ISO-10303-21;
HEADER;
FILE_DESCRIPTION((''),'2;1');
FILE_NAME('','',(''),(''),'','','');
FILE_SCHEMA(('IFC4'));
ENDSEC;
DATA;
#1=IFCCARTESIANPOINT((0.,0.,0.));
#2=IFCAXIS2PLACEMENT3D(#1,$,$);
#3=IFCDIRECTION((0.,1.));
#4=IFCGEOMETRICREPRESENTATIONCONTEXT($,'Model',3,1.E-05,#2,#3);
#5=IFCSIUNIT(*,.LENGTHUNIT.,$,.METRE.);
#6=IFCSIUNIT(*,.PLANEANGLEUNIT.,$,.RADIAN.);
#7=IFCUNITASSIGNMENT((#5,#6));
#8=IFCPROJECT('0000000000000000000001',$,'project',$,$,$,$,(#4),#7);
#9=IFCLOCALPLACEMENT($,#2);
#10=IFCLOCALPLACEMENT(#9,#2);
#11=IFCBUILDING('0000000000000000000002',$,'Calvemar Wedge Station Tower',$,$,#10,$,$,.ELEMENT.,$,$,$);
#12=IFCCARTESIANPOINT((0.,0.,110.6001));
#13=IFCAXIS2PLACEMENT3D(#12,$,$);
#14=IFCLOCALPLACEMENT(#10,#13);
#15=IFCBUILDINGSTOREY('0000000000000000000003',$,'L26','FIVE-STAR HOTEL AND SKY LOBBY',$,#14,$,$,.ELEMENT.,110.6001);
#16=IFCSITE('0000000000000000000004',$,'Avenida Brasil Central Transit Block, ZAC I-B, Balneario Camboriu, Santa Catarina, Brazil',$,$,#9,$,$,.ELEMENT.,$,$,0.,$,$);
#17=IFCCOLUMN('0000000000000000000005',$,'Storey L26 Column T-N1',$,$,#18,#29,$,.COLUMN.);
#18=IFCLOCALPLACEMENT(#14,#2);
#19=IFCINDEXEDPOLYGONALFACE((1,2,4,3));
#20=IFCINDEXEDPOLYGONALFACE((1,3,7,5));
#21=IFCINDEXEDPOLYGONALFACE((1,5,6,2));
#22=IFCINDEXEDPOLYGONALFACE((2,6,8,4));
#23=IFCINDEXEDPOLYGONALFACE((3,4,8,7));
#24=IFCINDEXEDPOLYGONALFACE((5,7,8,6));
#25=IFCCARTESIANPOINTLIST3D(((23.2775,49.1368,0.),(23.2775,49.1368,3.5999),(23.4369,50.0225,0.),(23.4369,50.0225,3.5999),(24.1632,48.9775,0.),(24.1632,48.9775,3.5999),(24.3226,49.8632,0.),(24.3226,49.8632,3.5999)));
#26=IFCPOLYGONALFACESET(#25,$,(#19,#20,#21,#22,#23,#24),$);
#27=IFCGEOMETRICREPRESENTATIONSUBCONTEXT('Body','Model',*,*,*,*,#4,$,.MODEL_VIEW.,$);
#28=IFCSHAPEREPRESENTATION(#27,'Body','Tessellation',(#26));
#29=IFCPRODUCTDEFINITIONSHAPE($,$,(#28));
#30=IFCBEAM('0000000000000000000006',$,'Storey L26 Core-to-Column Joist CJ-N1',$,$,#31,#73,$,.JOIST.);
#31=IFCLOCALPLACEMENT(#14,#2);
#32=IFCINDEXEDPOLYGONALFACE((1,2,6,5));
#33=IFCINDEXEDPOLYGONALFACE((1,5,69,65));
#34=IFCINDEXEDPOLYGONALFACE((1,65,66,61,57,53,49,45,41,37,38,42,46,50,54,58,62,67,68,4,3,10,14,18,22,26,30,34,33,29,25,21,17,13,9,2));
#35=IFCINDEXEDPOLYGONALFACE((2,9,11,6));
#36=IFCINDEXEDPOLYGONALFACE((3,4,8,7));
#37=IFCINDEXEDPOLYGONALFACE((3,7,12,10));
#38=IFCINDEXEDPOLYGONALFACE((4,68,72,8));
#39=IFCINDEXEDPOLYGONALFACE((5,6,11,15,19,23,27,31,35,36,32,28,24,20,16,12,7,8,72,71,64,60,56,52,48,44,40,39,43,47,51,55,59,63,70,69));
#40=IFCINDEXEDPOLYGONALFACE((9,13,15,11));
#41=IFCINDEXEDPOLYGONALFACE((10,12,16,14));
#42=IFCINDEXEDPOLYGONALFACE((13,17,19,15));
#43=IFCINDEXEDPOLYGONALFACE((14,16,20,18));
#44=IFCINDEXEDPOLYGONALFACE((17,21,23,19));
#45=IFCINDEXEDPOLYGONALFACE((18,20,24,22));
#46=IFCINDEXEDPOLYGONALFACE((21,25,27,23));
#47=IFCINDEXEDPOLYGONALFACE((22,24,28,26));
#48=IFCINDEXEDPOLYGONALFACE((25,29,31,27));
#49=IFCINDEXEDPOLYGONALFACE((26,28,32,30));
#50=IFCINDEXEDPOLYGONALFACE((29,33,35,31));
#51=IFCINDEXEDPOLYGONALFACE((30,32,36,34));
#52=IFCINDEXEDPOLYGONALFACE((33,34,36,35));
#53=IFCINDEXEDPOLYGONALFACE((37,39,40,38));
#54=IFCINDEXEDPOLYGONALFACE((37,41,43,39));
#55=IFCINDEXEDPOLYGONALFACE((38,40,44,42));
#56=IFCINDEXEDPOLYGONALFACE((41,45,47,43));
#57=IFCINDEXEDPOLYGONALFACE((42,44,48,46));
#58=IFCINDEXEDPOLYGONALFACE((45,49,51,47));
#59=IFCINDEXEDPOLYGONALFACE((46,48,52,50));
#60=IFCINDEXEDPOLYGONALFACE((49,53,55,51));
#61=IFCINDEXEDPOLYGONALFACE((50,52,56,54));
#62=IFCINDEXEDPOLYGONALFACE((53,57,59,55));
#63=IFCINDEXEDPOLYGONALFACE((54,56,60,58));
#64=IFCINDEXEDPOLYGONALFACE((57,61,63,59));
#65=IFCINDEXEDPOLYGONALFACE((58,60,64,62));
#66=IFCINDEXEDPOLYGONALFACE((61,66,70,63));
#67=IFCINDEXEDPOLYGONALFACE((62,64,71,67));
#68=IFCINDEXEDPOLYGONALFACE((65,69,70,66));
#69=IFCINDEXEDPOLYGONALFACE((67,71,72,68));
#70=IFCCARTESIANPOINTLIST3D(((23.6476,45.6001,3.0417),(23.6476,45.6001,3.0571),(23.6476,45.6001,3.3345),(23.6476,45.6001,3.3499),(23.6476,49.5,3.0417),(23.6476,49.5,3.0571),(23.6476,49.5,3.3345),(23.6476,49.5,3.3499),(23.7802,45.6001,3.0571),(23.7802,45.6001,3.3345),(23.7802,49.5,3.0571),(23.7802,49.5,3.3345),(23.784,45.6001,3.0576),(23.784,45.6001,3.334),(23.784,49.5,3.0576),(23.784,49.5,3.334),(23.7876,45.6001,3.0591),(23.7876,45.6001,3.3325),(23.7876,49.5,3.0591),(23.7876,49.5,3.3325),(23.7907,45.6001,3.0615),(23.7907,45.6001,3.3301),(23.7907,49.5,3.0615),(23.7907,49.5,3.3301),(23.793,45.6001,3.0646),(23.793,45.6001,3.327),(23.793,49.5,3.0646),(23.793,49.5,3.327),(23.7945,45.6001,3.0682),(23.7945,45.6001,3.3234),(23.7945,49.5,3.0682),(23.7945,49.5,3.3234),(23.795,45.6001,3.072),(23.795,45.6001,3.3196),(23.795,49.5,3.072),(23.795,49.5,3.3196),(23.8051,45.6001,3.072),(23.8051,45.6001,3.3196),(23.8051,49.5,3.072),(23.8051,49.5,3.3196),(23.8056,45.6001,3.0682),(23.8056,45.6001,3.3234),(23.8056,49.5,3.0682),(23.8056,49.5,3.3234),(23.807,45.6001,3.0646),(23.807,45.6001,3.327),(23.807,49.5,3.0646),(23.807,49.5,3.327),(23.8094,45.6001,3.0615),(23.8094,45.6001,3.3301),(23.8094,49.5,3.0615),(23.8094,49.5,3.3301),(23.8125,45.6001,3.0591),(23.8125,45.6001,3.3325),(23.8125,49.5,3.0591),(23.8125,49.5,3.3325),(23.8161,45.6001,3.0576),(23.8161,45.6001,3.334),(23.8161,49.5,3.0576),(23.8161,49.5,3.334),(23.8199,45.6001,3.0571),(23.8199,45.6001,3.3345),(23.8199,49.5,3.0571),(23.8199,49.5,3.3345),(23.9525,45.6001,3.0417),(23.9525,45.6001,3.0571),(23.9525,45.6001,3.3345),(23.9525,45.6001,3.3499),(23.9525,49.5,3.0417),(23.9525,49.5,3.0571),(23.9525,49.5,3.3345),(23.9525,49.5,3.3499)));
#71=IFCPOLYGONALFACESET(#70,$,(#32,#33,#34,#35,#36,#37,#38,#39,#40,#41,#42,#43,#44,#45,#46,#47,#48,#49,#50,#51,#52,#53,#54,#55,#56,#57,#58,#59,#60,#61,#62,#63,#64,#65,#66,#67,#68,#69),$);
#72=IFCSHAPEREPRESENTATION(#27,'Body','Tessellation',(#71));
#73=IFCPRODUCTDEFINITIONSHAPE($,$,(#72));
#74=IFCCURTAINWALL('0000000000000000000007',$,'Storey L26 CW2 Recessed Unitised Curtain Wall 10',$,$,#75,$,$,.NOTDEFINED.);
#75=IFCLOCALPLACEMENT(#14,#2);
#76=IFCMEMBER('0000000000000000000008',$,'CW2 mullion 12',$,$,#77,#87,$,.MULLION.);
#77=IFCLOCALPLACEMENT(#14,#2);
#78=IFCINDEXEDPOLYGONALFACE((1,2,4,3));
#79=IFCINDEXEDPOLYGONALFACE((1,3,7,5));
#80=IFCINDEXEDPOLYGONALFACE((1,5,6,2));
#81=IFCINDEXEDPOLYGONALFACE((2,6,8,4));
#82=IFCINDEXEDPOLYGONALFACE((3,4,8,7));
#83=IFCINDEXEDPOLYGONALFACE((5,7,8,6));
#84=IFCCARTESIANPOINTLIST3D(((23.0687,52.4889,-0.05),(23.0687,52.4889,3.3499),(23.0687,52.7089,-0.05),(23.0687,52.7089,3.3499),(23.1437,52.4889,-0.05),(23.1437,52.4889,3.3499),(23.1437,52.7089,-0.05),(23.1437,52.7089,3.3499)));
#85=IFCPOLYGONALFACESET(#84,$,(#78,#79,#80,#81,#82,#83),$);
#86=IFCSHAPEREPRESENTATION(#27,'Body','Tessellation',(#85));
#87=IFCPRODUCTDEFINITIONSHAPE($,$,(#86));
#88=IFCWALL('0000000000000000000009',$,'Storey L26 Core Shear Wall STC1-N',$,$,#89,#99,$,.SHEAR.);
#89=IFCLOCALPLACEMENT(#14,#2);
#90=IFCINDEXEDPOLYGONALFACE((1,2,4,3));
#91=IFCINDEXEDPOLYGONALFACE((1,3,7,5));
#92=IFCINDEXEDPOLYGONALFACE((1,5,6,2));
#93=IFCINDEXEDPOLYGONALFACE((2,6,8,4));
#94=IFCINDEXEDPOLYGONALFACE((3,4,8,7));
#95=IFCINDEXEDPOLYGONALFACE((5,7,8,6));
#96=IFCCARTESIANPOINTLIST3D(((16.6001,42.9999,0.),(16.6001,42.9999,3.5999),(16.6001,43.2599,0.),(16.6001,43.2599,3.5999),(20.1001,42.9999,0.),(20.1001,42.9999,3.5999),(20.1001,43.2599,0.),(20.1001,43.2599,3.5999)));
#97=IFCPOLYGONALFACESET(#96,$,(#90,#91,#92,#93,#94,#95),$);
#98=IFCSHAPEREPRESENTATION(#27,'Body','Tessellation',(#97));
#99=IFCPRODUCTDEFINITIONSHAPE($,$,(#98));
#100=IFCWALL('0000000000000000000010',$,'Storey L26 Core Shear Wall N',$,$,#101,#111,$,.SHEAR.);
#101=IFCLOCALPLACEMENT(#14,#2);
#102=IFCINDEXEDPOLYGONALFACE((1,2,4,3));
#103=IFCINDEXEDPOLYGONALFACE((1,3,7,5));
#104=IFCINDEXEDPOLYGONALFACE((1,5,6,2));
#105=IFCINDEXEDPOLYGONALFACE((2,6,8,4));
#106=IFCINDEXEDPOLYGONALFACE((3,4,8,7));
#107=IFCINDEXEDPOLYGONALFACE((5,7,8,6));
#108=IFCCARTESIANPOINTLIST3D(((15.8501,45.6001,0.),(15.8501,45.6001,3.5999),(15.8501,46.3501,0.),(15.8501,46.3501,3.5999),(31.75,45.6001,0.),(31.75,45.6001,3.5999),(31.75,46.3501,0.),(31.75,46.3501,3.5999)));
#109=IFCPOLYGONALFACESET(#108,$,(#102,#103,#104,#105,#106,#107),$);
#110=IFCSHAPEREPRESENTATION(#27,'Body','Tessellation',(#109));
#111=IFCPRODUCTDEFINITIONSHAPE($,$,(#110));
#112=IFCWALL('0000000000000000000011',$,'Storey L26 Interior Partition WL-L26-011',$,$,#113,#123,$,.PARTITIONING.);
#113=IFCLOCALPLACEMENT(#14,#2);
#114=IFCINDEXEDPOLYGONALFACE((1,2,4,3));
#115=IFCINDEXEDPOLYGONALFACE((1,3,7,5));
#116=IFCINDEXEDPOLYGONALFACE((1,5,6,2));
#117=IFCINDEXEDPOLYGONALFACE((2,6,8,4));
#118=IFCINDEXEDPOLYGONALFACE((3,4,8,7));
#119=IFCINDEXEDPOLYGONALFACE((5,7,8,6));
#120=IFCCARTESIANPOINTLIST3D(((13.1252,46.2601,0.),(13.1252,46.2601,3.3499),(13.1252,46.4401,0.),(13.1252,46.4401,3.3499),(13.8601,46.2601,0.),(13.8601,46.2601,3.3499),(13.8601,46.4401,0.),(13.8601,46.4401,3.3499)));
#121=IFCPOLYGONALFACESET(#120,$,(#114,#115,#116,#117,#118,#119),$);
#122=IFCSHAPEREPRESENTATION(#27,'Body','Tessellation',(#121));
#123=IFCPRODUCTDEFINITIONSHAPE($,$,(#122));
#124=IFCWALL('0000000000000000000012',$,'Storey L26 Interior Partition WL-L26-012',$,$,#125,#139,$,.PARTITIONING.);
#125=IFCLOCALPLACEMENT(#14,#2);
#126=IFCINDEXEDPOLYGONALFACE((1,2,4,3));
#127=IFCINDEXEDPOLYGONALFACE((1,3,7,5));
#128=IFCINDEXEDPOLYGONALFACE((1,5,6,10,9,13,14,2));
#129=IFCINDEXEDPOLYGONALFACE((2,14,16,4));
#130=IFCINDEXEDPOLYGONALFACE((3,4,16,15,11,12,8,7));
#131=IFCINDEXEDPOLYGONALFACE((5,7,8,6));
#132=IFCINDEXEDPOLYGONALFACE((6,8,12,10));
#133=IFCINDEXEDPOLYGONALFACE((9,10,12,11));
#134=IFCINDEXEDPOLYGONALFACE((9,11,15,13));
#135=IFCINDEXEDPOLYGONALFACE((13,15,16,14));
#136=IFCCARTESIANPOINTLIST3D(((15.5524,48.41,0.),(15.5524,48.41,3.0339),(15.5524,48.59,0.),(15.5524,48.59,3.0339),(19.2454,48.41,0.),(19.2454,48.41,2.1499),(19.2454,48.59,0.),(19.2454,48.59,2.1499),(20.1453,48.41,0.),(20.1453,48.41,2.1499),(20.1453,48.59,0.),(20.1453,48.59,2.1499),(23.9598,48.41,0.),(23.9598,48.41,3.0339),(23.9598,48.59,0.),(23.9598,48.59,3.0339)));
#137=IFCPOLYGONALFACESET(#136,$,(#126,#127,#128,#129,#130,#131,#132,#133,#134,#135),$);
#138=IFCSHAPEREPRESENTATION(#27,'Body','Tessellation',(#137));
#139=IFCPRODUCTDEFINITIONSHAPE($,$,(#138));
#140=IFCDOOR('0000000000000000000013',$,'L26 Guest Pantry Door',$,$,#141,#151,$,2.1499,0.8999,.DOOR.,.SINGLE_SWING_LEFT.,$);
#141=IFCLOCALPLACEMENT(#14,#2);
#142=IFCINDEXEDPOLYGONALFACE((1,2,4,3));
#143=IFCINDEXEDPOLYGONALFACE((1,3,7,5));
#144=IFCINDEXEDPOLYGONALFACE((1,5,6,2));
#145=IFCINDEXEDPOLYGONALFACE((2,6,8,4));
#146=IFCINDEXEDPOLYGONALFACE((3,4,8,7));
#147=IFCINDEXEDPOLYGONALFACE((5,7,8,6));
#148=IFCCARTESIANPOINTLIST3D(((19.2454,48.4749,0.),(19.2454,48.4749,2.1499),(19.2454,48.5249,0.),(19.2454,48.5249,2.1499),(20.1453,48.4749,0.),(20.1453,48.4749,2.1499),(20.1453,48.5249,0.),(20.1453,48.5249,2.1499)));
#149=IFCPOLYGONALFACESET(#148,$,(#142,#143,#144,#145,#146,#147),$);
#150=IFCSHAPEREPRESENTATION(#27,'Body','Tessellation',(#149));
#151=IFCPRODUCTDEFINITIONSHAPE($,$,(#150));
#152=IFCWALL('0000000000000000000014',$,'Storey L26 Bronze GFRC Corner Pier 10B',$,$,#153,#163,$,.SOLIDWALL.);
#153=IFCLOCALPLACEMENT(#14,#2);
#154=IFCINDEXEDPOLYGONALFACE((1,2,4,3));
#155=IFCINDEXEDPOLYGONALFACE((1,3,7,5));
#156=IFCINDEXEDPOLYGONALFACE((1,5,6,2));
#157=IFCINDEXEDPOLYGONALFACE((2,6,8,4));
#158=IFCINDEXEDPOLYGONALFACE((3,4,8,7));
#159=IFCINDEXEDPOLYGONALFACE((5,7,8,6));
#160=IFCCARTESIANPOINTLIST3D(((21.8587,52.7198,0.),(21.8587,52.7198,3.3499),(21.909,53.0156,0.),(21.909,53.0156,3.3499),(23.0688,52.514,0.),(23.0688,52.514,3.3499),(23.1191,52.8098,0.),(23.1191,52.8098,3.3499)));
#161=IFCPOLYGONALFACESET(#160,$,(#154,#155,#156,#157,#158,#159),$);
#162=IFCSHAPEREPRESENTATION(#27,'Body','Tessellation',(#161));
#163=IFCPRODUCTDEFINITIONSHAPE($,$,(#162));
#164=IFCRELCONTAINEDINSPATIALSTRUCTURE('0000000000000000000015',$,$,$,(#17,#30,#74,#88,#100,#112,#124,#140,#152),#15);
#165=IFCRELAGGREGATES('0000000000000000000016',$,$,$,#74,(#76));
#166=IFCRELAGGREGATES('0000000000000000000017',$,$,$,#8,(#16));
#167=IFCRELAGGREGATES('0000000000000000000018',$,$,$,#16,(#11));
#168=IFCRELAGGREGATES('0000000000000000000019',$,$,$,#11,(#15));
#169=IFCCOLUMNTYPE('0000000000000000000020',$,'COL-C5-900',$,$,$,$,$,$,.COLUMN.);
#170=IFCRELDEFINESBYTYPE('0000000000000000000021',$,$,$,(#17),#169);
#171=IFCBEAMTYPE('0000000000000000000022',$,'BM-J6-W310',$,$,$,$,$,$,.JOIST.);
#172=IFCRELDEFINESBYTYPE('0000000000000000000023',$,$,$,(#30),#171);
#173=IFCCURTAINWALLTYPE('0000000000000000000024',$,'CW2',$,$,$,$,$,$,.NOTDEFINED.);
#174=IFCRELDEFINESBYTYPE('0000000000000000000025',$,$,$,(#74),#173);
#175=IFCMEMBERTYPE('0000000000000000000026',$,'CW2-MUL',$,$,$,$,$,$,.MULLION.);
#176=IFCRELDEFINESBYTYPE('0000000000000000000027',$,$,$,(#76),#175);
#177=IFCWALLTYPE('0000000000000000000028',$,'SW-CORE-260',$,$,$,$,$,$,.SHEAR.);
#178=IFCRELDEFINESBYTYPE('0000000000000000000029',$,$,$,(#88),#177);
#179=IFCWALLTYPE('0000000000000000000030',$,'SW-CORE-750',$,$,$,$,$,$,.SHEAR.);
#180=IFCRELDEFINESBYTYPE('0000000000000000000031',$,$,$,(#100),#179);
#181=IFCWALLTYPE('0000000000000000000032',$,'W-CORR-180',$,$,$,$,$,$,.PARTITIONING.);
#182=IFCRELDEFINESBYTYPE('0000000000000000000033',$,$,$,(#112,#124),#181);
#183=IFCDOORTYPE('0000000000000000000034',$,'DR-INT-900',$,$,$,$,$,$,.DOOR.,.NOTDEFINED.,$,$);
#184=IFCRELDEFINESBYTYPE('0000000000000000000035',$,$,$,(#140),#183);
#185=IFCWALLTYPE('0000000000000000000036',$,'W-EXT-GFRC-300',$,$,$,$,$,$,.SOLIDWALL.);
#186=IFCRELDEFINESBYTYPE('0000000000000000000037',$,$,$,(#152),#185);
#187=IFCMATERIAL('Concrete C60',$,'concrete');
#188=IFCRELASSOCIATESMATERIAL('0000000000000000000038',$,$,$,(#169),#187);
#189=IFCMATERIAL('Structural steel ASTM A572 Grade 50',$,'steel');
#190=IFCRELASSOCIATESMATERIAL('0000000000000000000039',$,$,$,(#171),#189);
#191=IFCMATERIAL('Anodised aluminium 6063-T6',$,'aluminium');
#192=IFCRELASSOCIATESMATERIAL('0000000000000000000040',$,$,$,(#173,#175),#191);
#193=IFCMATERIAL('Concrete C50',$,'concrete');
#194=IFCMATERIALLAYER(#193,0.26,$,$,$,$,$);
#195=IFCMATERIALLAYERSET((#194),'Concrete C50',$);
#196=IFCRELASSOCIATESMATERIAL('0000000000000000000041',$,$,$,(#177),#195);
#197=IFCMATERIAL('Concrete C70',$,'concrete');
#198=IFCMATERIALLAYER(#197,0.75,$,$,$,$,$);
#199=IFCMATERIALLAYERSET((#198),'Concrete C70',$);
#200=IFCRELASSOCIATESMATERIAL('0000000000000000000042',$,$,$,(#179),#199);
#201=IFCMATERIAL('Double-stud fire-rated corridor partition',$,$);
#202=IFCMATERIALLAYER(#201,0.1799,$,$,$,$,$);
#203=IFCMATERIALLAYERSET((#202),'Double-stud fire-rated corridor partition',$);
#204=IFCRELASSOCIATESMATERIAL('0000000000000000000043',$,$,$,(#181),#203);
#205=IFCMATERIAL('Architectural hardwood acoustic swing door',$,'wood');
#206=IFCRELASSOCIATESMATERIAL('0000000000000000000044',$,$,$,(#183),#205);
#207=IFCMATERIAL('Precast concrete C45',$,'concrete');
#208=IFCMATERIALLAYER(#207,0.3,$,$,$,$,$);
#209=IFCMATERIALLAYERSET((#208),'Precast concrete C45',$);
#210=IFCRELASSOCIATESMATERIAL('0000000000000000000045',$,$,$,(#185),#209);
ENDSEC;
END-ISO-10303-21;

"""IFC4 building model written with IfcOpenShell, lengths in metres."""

from ifc_helpers import new_model, si_unit, direction, frame, frame_2d, origin, origin_2d, place, context, subcontext, project, spatial, rectangle, i_section, extrude, source, transform, mapped, material, layer, layer_set, material_profile, profile_set, type_object, element, fill, aggregate, save


model = new_model("IFC4")

# Units and contexts
model_context = context("Model", 3, precision=1e-05, world=origin(), true_north=direction((0.0, 1.0)))
body_context = subcontext(model_context, "Body", "Model", "MODEL_VIEW")
ifc_project = project(units=[si_unit("LENGTHUNIT", "METRE"), si_unit("PLANEANGLEUNIT", "RADIAN")], contexts=[model_context])

# Site, building, storey
site_placement = place(None, origin())
site = spatial("IfcSite", under=ifc_project, at=site_placement, Name="Avenida Brasil Central Transit Block, ZAC I-B, Balneario Camboriu, Santa Catarina, Brazil", CompositionType="ELEMENT", RefElevation=0.0)
building_placement = place(site_placement, origin())
building = spatial("IfcBuilding", under=site, at=building_placement, Name="Calvemar Wedge Station Tower", CompositionType="ELEMENT")
storey_placement = place(building_placement, frame((0.0, 0.0, 110.6001)))
storey = spatial("IfcBuildingStorey", under=building, at=storey_placement, Name="L26", Description="FIVE-STAR HOTEL AND SKY LOBBY", CompositionType="ELEMENT", Elevation=110.6001)

# Column
ifc_material_1 = material(Name="Concrete C60", Category="concrete")
ifc_material_profile_1 = material_profile(ifc_material_1, rectangle(XDim=0.8999, YDim=0.8999, at=origin_2d()), Name="RC900x900")
ifc_profile_set_1 = profile_set([ifc_material_profile_1], Name="Concrete C60")
column_type = type_object("IfcColumnType", Name="COL-C5-900", PredefinedType="COLUMN", material=ifc_profile_set_1)
shared_shape_1 = source(origin(), body_context, "Body", "SweptSolid", [
    extrude(rectangle(XDim=0.8999, YDim=0.8999, at=origin_2d()), origin(), (0.0, 0.0, 1.0), 3.5999),
])
column_placement = place(storey_placement, frame((23.8, 49.5, 0.0), z_axis=(0.0, 0.0, 1.0), x_axis=(0.984196, -0.177085, 0.0)))
element("IfcColumn", 1, at=column_placement, inside=storey, type_object=column_type, Name="Storey L26 Column T-N1", PredefinedType="COLUMN", context=body_context, shape_type="MappedRepresentation", body=[
    mapped(shared_shape_1, transform((0.0, 0.0, 0.0), scale=1.0)),
])

# Beam
ifc_material_2 = material(Name="Structural steel ASTM A572 Grade 50", Category="steel")
ifc_material_profile_2 = material_profile(ifc_material_2, i_section(OverallWidth=0.3049, OverallDepth=0.3081, WebThickness=0.01, FlangeThickness=0.0154, FilletRadius=0.0149, at=origin_2d()), Name="W310x97")
ifc_profile_set_2 = profile_set([ifc_material_profile_2], Name="Structural steel ASTM A572 Grade 50")
beam_type = type_object("IfcBeamType", Name="BM-J6-W310", PredefinedType="JOIST", material=ifc_profile_set_2)
shared_shape_2 = source(origin(), body_context, "Body", "SweptSolid", [
    extrude(i_section(OverallWidth=0.3049, OverallDepth=0.3081, WebThickness=0.01, FlangeThickness=0.0154, FilletRadius=0.0149, at=origin_2d()), origin(), (0.0, 0.0, 1.0), 3.8999),
])
beam_placement = place(storey_placement, frame((23.8, 45.6001, 3.1958), z_axis=(0.0, 1.0, 0.0), x_axis=(-1.0, 0.0, 0.0)))
element("IfcBeam", 2, at=beam_placement, inside=storey, type_object=beam_type, Name="Storey L26 Core-to-Column Joist CJ-N1", PredefinedType="JOIST", context=body_context, shape_type="MappedRepresentation", body=[
    mapped(shared_shape_2, transform((0.0, 0.0, 0.0), scale=1.0)),
])

# Curtain wall, member
ifc_material_3 = material(Name="Anodised aluminium 6063-T6", Category="aluminium")
curtain_wall_type = type_object("IfcCurtainWallType", Name="CW2", PredefinedType="NOTDEFINED", material=ifc_material_3)
curtain_wall_placement = place(storey_placement, origin())
curtain_wall = element("IfcCurtainWall", 3, at=curtain_wall_placement, inside=storey, type_object=curtain_wall_type, Name="Storey L26 CW2 Recessed Unitised Curtain Wall 10", PredefinedType="NOTDEFINED")
ifc_material_profile_3 = material_profile(ifc_material_3, rectangle(XDim=0.075, YDim=0.22, at=origin_2d()), Name="AL-MUL-75x220")
ifc_profile_set_3 = profile_set([ifc_material_profile_3], Name="Anodised aluminium 6063-T6")
member_type = type_object("IfcMemberType", Name="CW2-MUL", PredefinedType="MULLION", material=ifc_profile_set_3)
shared_shape_3 = source(origin(), body_context, "Body", "SweptSolid", [
    extrude(rectangle(XDim=0.075, YDim=0.22, at=origin_2d()), origin(), (0.0, 0.0, 1.0), 3.3999),
])
member_placement = place(storey_placement, frame((23.1062, 52.5989, -0.05), z_axis=(0.0, 0.0, 1.0), x_axis=(1.0, 0.0, 0.0)))
member = element("IfcMember", 4, at=member_placement, type_object=member_type, Name="CW2 mullion 12", PredefinedType="MULLION", context=body_context, shape_type="MappedRepresentation", body=[
    mapped(shared_shape_3, transform((0.0, 0.0, 0.0), scale=1.0)),
])
aggregate(curtain_wall, [member])

# Walls
ifc_material_4 = material(Name="Concrete C50", Category="concrete")
ifc_layer_1 = layer(ifc_material_4, 0.26)
ifc_layer_set_1 = layer_set([ifc_layer_1], Name="Concrete C50")
wall_type_1 = type_object("IfcWallType", Name="SW-CORE-260", PredefinedType="SHEAR", material=ifc_layer_set_1)
wall_1_placement = place(storey_placement, frame((16.6001, 43.1299, 0.0), z_axis=(0.0, 0.0, 1.0), x_axis=(1.0, 0.0, 0.0)))
element("IfcWall", 5, at=wall_1_placement, inside=storey, type_object=wall_type_1, Name="Storey L26 Core Shear Wall STC1-N", PredefinedType="SHEAR", context=body_context, shape_type="SweptSolid", body=[
    extrude(rectangle(XDim=3.5, YDim=0.26, at=frame_2d((1.75, 0.0))), origin(), (0.0, 0.0, 1.0), 3.5999),
])
ifc_material_5 = material(Name="Concrete C70", Category="concrete")
ifc_layer_2 = layer(ifc_material_5, 0.75)
ifc_layer_set_2 = layer_set([ifc_layer_2], Name="Concrete C70")
wall_type_2 = type_object("IfcWallType", Name="SW-CORE-750", PredefinedType="SHEAR", material=ifc_layer_set_2)
wall_2_placement = place(storey_placement, frame((15.8501, 45.9751, 0.0), z_axis=(0.0, 0.0, 1.0), x_axis=(1.0, 0.0, 0.0)))
element("IfcWall", 6, at=wall_2_placement, inside=storey, type_object=wall_type_2, Name="Storey L26 Core Shear Wall N", PredefinedType="SHEAR", context=body_context, shape_type="SweptSolid", body=[
    extrude(rectangle(XDim=15.8999, YDim=0.75, at=frame_2d((7.95, 0.0))), origin(), (0.0, 0.0, 1.0), 3.5999),
])
ifc_material_6 = material(Name="Double-stud fire-rated corridor partition")
ifc_layer_3 = layer(ifc_material_6, 0.1799)
ifc_layer_set_3 = layer_set([ifc_layer_3], Name="Double-stud fire-rated corridor partition")
wall_type_3 = type_object("IfcWallType", Name="W-CORR-180", PredefinedType="PARTITIONING", material=ifc_layer_set_3)
wall_3_placement = place(storey_placement, frame((13.8601, 46.3501, 0.0), z_axis=(0.0, 0.0, 1.0), x_axis=(-1.0, 0.0, 0.0)))
element("IfcWall", 7, at=wall_3_placement, inside=storey, type_object=wall_type_3, Name="Storey L26 Interior Partition WL-L26-011", PredefinedType="PARTITIONING", context=body_context, shape_type="SweptSolid", body=[
    extrude(rectangle(XDim=0.7349, YDim=0.1799, at=frame_2d((0.3674, 0.0))), origin(), (0.0, 0.0, 1.0), 3.3499),
])

# Wall, opening, door
wall_4_placement = place(storey_placement, frame((15.5525, 48.5, 0.0), z_axis=(0.0, 0.0, 1.0), x_axis=(1.0, 0.0, 0.0)))
wall_4 = element("IfcWall", 8, at=wall_4_placement, inside=storey, type_object=wall_type_3, Name="Storey L26 Interior Partition WL-L26-012", PredefinedType="PARTITIONING", context=body_context, shape_type="SweptSolid", body=[
    extrude(rectangle(XDim=8.4075, YDim=0.1799, at=frame_2d((4.2036, 0.0))), origin(), (0.0, 0.0, 1.0), 3.0339),
])
shared_shape_4 = source(origin(), body_context, "Body", "SweptSolid", [
    extrude(rectangle(XDim=0.8999, YDim=2.1499, at=frame_2d((0.45, 1.075))), frame((0.0, 0.1001, 0.0), z_axis=(0.0, -1.0, 0.0), x_axis=(1.0, 0.0, 0.0)), (0.0, 0.0, 1.0), 0.2),
])
opening_1_placement = place(wall_4_placement, frame((3.6929, 0.0, 0.0)))
opening_1 = element("IfcOpeningElement", 9, at=opening_1_placement, cuts=wall_4, PredefinedType="OPENING", context=body_context, shape_type="MappedRepresentation", body=[
    mapped(shared_shape_4, transform((0.0, 0.0, 0.0), scale=1.0)),
])
ifc_material_7 = material(Name="Architectural hardwood acoustic swing door", Category="wood")
door_type_1 = type_object("IfcDoorType", Name="DR-INT-900", OperationType="NOTDEFINED", PredefinedType="DOOR", material=ifc_material_7)
shared_shape_5 = source(origin(), body_context, "Body", "SweptSolid", [
    extrude(rectangle(XDim=0.8999, YDim=2.1499, at=frame_2d((0.45, 1.075))), frame((0.0, 0.0249, 0.0), z_axis=(0.0, -1.0, 0.0), x_axis=(1.0, 0.0, 0.0)), (0.0, 0.0, 1.0), 0.05),
])
door_1_placement = place(opening_1_placement, origin())
door_1 = element("IfcDoor", 10, at=door_1_placement, inside=storey, type_object=door_type_1, Name="L26 Guest Pantry Door", OperationType="SINGLE_SWING_LEFT", OverallHeight=2.1499, OverallWidth=0.8999, PredefinedType="DOOR", context=body_context, shape_type="MappedRepresentation", body=[
    mapped(shared_shape_5, transform((0.0, 0.0, 0.0), scale=1.0)),
])
fill(opening_1, door_1)

# Wall
ifc_material_8 = material(Name="Precast concrete C45", Category="concrete")
ifc_layer_4 = layer(ifc_material_8, 0.3)
ifc_layer_set_4 = layer_set([ifc_layer_4], Name="Precast concrete C45")
wall_type_4 = type_object("IfcWallType", Name="W-EXT-GFRC-300", PredefinedType="SOLIDWALL", material=ifc_layer_set_4)
wall_5_placement = place(storey_placement, frame((23.094, 52.6619, 0.0), z_axis=(0.0, 0.0, 1.0), x_axis=(-0.985846, 0.167655, 0.0)))
element("IfcWall", 11, at=wall_5_placement, inside=storey, type_object=wall_type_4, Name="Storey L26 Bronze GFRC Corner Pier 10B", PredefinedType="SOLIDWALL", context=body_context, shape_type="SweptSolid", body=[
    extrude(rectangle(XDim=1.2275, YDim=0.3, at=frame_2d((0.6138, 0.0))), origin(), (0.0, 0.0, 1.0), 3.3499),
])

save(model, "model.ifc")
